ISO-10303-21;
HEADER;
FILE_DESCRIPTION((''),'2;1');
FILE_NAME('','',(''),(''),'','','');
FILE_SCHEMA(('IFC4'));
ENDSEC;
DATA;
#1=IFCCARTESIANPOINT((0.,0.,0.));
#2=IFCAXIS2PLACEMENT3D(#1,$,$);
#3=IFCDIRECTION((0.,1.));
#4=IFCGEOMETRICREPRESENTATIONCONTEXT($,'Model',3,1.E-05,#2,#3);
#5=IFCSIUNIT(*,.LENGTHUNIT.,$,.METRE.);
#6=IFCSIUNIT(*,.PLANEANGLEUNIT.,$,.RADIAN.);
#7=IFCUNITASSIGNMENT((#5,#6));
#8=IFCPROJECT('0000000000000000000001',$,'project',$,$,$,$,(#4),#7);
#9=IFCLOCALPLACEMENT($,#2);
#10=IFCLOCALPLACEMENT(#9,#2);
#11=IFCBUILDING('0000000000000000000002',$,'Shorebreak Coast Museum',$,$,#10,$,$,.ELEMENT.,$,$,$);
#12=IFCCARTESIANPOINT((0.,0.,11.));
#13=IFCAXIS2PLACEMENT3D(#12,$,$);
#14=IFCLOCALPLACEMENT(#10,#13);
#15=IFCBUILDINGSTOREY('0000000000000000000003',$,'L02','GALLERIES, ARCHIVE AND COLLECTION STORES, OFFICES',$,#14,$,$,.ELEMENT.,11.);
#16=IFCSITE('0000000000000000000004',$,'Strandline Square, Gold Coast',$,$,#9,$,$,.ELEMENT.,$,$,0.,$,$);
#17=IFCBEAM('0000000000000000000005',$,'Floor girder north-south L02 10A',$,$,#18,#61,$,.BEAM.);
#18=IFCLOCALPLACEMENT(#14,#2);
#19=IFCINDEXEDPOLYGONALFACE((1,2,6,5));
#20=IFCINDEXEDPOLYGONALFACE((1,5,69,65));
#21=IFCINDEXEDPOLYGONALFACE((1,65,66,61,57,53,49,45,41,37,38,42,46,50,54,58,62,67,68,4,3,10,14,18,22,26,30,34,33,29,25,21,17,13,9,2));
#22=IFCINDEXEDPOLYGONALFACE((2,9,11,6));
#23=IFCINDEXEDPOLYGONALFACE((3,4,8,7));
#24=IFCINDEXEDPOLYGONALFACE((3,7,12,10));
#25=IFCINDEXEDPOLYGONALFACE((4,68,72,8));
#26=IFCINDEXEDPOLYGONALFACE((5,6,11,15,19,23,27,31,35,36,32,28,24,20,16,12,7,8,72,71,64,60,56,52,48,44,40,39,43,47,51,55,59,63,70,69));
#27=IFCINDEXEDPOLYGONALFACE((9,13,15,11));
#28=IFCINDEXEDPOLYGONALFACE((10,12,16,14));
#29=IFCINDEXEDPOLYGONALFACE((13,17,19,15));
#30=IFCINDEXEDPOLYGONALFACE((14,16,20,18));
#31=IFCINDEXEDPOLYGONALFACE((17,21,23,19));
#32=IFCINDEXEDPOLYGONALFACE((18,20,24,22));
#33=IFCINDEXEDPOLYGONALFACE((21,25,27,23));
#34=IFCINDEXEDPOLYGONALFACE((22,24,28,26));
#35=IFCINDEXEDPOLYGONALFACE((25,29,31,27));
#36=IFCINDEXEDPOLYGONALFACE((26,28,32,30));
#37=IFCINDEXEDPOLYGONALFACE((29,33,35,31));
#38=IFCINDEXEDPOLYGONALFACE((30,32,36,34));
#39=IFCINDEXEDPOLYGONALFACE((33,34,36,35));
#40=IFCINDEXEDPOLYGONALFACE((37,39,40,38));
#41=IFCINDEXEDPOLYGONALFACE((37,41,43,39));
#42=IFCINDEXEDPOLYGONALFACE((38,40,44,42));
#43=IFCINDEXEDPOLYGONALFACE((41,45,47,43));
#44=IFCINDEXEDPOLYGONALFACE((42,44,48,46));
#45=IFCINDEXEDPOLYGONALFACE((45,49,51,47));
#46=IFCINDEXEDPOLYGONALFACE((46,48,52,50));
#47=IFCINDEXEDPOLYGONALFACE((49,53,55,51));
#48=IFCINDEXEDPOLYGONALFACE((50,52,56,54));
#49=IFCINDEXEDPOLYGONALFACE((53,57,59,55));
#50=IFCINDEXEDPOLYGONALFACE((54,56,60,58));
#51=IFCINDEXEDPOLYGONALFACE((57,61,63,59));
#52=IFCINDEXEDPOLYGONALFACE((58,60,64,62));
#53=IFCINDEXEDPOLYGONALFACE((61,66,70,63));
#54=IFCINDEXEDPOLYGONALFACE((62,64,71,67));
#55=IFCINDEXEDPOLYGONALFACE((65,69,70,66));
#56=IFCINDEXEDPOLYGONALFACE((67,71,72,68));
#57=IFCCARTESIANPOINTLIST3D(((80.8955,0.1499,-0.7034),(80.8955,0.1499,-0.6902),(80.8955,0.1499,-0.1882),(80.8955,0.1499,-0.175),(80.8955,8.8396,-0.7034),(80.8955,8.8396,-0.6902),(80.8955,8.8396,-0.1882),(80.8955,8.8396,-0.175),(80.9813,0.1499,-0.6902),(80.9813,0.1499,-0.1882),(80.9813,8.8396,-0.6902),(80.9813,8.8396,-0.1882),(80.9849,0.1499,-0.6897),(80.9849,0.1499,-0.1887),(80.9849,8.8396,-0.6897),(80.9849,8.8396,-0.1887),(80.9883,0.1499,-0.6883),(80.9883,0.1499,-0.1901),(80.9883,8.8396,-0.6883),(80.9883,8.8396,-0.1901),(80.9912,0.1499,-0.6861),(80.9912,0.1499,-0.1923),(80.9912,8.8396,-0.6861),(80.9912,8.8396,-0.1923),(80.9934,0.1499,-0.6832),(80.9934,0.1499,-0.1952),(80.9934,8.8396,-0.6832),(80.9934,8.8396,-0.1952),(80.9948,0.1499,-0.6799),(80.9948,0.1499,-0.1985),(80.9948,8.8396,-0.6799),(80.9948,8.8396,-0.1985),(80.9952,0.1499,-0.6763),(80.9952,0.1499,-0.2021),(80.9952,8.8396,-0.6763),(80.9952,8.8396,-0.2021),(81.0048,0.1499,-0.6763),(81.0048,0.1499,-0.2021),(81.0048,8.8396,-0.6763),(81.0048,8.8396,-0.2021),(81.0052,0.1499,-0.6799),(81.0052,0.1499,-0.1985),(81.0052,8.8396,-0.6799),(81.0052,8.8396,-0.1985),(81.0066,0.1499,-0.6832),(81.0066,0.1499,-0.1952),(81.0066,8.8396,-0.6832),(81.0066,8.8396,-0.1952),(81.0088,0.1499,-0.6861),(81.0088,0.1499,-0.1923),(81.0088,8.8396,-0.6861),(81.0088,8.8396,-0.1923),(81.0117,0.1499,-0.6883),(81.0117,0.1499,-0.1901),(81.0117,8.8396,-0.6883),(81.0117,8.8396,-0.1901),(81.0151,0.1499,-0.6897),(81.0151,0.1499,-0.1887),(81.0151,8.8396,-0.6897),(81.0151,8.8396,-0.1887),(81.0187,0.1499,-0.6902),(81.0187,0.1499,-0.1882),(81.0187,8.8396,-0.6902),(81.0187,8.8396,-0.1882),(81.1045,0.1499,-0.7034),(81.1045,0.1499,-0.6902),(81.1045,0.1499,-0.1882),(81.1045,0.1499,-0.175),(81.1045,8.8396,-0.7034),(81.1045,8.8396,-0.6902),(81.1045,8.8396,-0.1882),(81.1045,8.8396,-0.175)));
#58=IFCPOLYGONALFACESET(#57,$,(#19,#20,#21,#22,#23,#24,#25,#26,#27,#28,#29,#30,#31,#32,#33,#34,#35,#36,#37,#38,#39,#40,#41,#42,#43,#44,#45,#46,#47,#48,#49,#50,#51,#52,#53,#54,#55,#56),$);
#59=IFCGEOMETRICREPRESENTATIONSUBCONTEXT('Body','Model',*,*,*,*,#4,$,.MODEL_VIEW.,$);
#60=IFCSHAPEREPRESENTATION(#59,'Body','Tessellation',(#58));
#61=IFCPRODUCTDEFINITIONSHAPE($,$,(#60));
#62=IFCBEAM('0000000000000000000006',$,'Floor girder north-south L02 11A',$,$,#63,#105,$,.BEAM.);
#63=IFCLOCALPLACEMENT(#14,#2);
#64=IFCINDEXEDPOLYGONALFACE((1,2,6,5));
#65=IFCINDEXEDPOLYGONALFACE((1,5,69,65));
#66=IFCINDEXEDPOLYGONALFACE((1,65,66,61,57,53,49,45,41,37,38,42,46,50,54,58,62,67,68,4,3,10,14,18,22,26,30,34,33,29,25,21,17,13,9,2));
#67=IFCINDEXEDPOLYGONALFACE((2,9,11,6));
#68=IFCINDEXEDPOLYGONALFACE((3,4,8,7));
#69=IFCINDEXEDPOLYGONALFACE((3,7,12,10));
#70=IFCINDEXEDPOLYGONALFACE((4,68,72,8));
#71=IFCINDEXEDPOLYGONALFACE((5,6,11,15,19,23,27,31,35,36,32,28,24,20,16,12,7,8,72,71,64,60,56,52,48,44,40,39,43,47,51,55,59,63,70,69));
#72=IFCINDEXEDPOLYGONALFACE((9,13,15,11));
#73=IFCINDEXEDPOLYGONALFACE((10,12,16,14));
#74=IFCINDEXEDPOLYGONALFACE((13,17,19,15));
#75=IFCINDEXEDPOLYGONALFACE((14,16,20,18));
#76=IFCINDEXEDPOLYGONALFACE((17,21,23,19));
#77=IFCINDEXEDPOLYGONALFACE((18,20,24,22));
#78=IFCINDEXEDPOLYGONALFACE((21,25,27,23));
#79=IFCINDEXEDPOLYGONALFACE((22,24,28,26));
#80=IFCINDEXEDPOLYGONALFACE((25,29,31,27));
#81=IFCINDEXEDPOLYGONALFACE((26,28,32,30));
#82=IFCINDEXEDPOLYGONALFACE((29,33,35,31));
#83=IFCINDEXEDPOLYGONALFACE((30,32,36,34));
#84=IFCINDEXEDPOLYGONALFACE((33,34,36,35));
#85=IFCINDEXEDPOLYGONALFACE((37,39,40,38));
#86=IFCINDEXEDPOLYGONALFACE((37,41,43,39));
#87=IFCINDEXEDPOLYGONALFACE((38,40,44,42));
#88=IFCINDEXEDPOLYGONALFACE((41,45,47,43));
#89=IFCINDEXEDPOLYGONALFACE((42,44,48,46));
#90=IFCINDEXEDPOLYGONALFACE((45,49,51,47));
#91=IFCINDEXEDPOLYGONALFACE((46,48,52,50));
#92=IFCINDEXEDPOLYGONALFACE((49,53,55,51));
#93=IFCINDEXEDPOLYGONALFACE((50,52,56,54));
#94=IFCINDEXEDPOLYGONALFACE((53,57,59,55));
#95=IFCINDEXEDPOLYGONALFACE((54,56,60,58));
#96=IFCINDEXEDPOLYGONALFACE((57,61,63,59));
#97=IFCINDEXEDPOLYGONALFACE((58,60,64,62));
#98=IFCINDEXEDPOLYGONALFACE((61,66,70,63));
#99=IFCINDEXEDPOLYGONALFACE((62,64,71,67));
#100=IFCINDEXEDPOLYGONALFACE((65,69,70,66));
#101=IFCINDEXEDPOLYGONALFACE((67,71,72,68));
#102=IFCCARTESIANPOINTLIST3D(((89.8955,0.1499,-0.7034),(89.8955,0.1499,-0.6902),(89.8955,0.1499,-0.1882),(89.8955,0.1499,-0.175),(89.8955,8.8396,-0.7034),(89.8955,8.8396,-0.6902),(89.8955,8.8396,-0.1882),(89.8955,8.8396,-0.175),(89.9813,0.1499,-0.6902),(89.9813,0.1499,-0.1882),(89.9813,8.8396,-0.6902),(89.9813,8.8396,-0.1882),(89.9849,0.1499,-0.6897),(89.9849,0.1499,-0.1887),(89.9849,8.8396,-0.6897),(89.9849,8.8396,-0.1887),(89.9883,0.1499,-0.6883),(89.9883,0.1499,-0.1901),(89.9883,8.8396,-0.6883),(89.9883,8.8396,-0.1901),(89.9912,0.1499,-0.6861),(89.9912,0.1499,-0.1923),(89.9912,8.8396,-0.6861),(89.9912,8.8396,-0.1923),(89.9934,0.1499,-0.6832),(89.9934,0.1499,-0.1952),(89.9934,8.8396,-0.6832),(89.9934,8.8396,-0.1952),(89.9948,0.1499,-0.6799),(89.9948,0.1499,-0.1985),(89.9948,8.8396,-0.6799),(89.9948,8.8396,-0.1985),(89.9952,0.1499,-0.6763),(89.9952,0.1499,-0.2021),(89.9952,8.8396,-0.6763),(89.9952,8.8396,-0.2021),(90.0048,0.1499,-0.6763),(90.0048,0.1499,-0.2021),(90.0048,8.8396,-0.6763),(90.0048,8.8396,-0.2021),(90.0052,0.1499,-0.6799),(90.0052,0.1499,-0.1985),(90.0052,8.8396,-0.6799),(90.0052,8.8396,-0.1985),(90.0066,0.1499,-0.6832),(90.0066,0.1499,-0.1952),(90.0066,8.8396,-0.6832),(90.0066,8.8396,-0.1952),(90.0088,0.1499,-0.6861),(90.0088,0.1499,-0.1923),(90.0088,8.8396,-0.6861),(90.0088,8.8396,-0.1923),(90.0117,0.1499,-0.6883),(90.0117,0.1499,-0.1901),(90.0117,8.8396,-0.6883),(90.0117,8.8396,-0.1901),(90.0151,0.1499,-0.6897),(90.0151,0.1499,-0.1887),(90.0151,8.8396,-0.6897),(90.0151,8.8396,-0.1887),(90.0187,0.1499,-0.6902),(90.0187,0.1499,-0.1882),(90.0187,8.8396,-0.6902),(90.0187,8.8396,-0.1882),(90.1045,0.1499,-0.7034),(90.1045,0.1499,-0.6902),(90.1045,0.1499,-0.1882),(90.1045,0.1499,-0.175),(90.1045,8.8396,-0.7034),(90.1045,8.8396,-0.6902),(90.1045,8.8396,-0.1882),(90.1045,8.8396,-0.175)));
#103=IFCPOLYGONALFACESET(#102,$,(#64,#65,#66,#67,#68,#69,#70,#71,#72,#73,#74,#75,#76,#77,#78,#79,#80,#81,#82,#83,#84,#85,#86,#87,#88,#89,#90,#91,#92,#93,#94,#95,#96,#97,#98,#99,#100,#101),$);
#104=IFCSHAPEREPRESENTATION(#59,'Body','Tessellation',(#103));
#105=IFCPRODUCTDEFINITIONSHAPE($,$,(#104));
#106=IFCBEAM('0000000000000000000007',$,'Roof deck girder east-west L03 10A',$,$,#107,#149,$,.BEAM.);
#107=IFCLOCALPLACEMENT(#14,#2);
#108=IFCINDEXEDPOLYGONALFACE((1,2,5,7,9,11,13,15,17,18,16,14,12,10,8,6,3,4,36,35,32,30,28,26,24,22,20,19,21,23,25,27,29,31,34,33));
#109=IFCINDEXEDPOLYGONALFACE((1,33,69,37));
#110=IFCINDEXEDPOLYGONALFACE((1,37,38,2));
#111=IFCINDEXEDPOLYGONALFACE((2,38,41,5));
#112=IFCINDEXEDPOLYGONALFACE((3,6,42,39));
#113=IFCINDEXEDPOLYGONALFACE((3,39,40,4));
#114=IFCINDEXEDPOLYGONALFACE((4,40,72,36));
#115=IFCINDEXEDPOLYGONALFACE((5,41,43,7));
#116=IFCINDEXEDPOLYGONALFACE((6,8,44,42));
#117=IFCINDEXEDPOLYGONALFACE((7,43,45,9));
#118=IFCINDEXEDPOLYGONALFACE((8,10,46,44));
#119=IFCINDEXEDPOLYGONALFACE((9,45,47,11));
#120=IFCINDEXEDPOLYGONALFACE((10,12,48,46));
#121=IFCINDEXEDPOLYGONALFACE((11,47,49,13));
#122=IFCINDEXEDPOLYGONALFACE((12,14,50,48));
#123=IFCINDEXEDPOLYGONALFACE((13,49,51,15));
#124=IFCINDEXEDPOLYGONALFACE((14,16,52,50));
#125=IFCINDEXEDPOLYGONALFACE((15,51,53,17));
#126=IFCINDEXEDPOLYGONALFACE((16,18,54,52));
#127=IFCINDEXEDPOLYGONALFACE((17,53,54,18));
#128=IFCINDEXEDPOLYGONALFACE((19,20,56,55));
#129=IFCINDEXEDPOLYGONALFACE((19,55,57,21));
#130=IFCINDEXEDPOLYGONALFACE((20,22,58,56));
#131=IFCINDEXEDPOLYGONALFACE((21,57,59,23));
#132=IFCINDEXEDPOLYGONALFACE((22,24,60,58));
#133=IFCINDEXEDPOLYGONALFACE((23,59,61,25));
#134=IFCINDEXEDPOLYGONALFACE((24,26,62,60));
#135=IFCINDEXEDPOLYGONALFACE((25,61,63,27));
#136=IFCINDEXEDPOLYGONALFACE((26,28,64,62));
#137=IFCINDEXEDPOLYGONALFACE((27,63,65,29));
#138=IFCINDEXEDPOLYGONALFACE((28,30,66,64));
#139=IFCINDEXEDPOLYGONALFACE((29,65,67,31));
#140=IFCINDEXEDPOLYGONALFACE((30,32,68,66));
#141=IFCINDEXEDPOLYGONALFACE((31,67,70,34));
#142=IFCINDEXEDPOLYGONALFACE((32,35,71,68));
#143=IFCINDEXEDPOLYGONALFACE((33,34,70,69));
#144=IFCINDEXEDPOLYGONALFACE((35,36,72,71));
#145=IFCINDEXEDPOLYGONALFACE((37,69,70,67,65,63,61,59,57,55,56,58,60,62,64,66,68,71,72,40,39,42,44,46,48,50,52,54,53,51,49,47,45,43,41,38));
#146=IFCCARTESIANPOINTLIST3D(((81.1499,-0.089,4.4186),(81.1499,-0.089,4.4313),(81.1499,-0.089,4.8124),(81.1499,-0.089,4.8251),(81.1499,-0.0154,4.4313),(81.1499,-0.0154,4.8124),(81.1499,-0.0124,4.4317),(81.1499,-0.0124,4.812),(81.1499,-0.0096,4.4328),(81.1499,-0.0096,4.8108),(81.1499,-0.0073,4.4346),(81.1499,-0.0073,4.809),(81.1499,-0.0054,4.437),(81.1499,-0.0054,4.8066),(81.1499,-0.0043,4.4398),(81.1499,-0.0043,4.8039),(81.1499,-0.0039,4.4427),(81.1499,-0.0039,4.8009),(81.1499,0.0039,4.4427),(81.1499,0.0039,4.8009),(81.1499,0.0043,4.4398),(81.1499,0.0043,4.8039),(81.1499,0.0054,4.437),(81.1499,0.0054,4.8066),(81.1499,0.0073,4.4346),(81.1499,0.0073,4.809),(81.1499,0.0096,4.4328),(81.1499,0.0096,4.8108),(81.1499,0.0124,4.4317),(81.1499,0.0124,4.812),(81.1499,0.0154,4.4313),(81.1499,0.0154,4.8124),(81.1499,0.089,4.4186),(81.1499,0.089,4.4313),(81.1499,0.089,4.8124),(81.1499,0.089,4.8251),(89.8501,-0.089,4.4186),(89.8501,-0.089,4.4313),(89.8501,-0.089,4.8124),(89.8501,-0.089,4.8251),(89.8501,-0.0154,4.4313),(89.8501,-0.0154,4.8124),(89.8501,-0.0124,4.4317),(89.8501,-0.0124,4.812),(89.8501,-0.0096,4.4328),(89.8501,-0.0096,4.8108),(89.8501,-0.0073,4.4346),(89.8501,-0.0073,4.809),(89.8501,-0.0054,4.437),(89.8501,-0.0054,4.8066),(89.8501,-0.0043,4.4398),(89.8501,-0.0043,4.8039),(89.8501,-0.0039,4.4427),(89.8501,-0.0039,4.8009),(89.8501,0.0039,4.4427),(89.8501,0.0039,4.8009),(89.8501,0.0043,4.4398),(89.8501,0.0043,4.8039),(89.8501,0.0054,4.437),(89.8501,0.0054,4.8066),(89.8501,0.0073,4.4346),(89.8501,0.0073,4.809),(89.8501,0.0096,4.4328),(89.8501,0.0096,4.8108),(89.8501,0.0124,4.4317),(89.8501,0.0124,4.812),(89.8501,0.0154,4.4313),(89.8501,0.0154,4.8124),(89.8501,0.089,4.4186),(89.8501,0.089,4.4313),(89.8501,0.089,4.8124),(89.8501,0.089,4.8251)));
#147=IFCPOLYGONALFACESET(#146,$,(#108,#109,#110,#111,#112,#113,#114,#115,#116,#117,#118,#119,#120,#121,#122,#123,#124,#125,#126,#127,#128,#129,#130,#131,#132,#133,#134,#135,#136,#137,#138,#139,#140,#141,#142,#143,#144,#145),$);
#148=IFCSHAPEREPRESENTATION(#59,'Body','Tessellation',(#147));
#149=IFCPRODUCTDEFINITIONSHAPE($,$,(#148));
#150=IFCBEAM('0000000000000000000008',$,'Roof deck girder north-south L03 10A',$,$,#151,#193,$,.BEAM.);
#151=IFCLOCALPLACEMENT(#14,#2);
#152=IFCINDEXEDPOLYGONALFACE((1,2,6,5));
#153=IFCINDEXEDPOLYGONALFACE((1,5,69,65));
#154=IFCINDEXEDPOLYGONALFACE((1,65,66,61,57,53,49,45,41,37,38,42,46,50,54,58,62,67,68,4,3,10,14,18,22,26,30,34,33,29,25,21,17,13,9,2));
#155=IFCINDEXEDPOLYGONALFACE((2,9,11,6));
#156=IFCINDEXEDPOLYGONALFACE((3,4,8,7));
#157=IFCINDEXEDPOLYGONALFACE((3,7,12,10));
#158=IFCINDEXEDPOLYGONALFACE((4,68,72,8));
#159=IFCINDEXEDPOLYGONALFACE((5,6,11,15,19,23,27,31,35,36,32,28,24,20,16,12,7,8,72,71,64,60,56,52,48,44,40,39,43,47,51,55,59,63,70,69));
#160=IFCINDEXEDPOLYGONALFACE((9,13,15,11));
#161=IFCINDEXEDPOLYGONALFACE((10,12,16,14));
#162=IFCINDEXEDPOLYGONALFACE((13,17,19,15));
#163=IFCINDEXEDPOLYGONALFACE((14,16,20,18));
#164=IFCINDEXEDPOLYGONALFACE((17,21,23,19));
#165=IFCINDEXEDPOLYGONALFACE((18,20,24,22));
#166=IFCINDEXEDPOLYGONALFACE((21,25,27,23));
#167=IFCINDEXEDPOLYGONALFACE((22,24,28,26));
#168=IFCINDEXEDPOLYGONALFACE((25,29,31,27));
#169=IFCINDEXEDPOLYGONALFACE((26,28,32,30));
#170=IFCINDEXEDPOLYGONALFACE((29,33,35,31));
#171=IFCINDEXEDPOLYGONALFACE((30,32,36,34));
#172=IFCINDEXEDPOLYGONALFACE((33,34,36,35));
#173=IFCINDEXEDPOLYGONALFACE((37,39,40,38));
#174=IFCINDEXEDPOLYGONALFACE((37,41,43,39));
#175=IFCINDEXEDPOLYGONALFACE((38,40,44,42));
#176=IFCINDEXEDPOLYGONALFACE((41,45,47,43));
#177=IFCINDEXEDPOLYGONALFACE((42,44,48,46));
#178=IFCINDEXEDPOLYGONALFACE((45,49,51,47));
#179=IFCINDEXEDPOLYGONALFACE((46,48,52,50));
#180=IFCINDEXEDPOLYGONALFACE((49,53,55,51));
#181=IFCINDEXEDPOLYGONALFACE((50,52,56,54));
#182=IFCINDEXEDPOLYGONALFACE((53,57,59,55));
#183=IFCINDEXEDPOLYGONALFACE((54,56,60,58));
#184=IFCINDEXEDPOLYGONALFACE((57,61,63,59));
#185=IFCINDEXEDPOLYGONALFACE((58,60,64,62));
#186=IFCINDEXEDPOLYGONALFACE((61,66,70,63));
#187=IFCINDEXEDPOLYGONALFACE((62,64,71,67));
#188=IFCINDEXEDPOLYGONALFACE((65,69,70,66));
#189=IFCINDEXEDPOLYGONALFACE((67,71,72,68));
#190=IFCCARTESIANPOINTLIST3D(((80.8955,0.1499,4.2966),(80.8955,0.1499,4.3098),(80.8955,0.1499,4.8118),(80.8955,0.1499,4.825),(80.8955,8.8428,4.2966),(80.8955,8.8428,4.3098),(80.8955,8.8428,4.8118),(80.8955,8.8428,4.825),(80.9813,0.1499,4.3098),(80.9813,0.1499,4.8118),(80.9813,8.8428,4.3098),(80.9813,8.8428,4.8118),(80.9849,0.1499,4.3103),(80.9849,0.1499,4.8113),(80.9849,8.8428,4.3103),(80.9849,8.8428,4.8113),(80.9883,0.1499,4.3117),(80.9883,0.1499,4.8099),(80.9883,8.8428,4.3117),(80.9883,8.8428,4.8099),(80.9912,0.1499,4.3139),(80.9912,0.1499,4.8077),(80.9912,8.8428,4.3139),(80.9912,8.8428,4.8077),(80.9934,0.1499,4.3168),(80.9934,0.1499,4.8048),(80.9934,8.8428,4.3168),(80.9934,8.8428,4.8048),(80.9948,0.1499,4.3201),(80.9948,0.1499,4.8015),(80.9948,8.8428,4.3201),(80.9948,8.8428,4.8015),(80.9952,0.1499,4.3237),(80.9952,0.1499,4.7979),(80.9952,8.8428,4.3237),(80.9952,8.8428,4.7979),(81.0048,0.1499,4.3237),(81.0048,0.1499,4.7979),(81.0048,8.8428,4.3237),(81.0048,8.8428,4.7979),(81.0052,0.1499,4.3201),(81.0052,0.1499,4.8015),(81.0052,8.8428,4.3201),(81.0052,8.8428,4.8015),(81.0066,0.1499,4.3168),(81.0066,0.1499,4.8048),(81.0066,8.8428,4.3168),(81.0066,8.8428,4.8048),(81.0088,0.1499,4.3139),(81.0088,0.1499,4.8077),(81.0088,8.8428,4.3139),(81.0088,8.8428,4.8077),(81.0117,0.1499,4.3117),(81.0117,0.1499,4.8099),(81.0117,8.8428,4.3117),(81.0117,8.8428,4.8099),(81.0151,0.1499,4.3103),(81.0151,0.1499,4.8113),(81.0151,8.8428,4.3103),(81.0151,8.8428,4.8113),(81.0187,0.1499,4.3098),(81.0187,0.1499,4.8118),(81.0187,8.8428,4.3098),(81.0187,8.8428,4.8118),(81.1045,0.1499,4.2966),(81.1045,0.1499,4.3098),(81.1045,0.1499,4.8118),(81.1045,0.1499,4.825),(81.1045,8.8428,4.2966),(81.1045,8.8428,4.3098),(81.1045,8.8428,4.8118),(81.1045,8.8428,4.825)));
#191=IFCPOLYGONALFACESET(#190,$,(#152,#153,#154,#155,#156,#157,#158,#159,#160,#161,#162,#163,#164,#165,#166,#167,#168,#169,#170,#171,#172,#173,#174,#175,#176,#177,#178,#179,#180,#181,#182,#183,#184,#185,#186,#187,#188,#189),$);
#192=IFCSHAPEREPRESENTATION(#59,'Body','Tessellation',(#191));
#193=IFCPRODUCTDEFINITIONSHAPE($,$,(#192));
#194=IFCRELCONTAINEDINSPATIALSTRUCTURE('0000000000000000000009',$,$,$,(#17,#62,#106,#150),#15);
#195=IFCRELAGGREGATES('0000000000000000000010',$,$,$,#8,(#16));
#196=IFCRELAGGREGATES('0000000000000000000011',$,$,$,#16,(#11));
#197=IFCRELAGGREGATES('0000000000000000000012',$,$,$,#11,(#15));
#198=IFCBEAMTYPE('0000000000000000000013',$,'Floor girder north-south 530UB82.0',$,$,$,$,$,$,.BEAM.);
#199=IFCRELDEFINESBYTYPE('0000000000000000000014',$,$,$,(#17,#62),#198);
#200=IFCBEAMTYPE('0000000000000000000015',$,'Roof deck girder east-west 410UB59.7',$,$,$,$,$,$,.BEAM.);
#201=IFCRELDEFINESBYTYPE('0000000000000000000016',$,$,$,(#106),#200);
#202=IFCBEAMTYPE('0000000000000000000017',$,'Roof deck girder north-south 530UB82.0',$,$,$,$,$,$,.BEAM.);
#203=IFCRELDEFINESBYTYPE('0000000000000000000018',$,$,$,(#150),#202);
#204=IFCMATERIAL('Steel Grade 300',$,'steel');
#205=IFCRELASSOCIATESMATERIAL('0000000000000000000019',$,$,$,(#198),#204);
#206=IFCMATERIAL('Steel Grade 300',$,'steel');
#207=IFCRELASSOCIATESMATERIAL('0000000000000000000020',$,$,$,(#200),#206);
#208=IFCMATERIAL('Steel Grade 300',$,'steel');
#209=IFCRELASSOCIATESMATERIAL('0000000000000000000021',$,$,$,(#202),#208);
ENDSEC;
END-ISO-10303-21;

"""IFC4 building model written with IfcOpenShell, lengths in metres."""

from ifc_helpers import new_model, si_unit, direction, frame, origin, origin_2d, place, context, subcontext, project, spatial, i_section, extrude, material, material_profile, profile_set, type_object, element, save


model = new_model("IFC4")

# Units and contexts
model_context = context("Model", 3, precision=1e-05, world=origin(), true_north=direction((0.0, 1.0)))
body_context = subcontext(model_context, "Body", "Model", "MODEL_VIEW")
ifc_project = project(units=[si_unit("LENGTHUNIT", "METRE"), si_unit("PLANEANGLEUNIT", "RADIAN")], contexts=[model_context])

# Site, building, storey
site_placement = place(None, origin())
site = spatial("IfcSite", under=ifc_project, at=site_placement, Name="Strandline Square, Gold Coast", CompositionType="ELEMENT", RefElevation=0.0)
building_placement = place(site_placement, origin())
building = spatial("IfcBuilding", under=site, at=building_placement, Name="Shorebreak Coast Museum", CompositionType="ELEMENT")
storey_placement = place(building_placement, frame((0.0, 0.0, 11.0)))
storey = spatial("IfcBuildingStorey", under=building, at=storey_placement, Name="L02", Description="GALLERIES, ARCHIVE AND COLLECTION STORES, OFFICES", CompositionType="ELEMENT", Elevation=11.0)

# Beams
ifc_material_1 = material(Name="Steel Grade 300", Category="steel")
ifc_material_profile_1 = material_profile(ifc_material_1, i_section(OverallWidth=0.209, OverallDepth=0.5283, WebThickness=0.0095, FlangeThickness=0.0132, FilletRadius=0.0139, at=origin_2d()), Name="530UB82.0")
ifc_profile_set_1 = profile_set([ifc_material_profile_1], Name="Steel Grade 300")
beam_type_1 = type_object("IfcBeamType", Name="Floor girder north-south 530UB82.0", PredefinedType="BEAM", material=ifc_profile_set_1)
for number, where, z_axis, x_axis, name in (
    (1, (81.0, 0.1499, -0.4392), (0.0, 1.0, 0.0), (-1.0, 0.0, 0.0), "Floor girder north-south L02 10A"),
    (2, (90.0, 0.1499, -0.4392), (0.0, 1.0, 0.0), (-1.0, 0.0, 0.0), "Floor girder north-south L02 11A"),
):
    element("IfcBeam", number, at=place(storey_placement, frame(where, z_axis=z_axis, x_axis=x_axis)), inside=storey, type_object=beam_type_1, Name=name, PredefinedType="BEAM", context=body_context, shape_type="SweptSolid", body=[
        extrude(i_section(OverallWidth=0.209, OverallDepth=0.5283, WebThickness=0.0095, FlangeThickness=0.0132, FilletRadius=0.0139, at=origin_2d()), origin(), (0.0, 0.0, 1.0), 8.6897),
    ])
ifc_material_2 = material(Name="Steel Grade 300", Category="steel")
ifc_material_profile_2 = material_profile(ifc_material_2, i_section(OverallWidth=0.178, OverallDepth=0.4065, WebThickness=0.0078, FlangeThickness=0.0127, FilletRadius=0.0115, at=origin_2d()), Name="410UB59.7")
ifc_profile_set_2 = profile_set([ifc_material_profile_2], Name="Steel Grade 300")
beam_type_2 = type_object("IfcBeamType", Name="Roof deck girder east-west 410UB59.7", PredefinedType="BEAM", material=ifc_profile_set_2)
beam_1_placement = place(storey_placement, frame((81.1499, 0.0, 4.6218), z_axis=(1.0, 0.0, 0.0), x_axis=(0.0, 1.0, 0.0)))
element("IfcBeam", 3, at=beam_1_placement, inside=storey, type_object=beam_type_2, Name="Roof deck girder east-west L03 10A", PredefinedType="BEAM", context=body_context, shape_type="SweptSolid", body=[
    extrude(i_section(OverallWidth=0.178, OverallDepth=0.4065, WebThickness=0.0078, FlangeThickness=0.0127, FilletRadius=0.0115, at=origin_2d()), origin(), (0.0, 0.0, 1.0), 8.7002),
])
ifc_material_3 = material(Name="Steel Grade 300", Category="steel")
ifc_material_profile_3 = material_profile(ifc_material_3, i_section(OverallWidth=0.209, OverallDepth=0.5283, WebThickness=0.0095, FlangeThickness=0.0132, FilletRadius=0.0139, at=origin_2d()), Name="530UB82.0")
ifc_profile_set_3 = profile_set([ifc_material_profile_3], Name="Steel Grade 300")
beam_type_3 = type_object("IfcBeamType", Name="Roof deck girder north-south 530UB82.0", PredefinedType="BEAM", material=ifc_profile_set_3)
for number, where, z_axis, x_axis, name in (
    (4, (81.0, 0.1499, 4.5608), (0.0, 1.0, 0.0), (-1.0, 0.0, 0.0), "Roof deck girder north-south L03 10A"),
):
    element("IfcBeam", number, at=place(storey_placement, frame(where, z_axis=z_axis, x_axis=x_axis)), inside=storey, type_object=beam_type_3, Name=name, PredefinedType="BEAM", context=body_context, shape_type="SweptSolid", body=[
        extrude(i_section(OverallWidth=0.209, OverallDepth=0.5283, WebThickness=0.0095, FlangeThickness=0.0132, FilletRadius=0.0139, at=origin_2d()), origin(), (0.0, 0.0, 1.0), 8.6929),
    ])

save(model, "model.ifc")
